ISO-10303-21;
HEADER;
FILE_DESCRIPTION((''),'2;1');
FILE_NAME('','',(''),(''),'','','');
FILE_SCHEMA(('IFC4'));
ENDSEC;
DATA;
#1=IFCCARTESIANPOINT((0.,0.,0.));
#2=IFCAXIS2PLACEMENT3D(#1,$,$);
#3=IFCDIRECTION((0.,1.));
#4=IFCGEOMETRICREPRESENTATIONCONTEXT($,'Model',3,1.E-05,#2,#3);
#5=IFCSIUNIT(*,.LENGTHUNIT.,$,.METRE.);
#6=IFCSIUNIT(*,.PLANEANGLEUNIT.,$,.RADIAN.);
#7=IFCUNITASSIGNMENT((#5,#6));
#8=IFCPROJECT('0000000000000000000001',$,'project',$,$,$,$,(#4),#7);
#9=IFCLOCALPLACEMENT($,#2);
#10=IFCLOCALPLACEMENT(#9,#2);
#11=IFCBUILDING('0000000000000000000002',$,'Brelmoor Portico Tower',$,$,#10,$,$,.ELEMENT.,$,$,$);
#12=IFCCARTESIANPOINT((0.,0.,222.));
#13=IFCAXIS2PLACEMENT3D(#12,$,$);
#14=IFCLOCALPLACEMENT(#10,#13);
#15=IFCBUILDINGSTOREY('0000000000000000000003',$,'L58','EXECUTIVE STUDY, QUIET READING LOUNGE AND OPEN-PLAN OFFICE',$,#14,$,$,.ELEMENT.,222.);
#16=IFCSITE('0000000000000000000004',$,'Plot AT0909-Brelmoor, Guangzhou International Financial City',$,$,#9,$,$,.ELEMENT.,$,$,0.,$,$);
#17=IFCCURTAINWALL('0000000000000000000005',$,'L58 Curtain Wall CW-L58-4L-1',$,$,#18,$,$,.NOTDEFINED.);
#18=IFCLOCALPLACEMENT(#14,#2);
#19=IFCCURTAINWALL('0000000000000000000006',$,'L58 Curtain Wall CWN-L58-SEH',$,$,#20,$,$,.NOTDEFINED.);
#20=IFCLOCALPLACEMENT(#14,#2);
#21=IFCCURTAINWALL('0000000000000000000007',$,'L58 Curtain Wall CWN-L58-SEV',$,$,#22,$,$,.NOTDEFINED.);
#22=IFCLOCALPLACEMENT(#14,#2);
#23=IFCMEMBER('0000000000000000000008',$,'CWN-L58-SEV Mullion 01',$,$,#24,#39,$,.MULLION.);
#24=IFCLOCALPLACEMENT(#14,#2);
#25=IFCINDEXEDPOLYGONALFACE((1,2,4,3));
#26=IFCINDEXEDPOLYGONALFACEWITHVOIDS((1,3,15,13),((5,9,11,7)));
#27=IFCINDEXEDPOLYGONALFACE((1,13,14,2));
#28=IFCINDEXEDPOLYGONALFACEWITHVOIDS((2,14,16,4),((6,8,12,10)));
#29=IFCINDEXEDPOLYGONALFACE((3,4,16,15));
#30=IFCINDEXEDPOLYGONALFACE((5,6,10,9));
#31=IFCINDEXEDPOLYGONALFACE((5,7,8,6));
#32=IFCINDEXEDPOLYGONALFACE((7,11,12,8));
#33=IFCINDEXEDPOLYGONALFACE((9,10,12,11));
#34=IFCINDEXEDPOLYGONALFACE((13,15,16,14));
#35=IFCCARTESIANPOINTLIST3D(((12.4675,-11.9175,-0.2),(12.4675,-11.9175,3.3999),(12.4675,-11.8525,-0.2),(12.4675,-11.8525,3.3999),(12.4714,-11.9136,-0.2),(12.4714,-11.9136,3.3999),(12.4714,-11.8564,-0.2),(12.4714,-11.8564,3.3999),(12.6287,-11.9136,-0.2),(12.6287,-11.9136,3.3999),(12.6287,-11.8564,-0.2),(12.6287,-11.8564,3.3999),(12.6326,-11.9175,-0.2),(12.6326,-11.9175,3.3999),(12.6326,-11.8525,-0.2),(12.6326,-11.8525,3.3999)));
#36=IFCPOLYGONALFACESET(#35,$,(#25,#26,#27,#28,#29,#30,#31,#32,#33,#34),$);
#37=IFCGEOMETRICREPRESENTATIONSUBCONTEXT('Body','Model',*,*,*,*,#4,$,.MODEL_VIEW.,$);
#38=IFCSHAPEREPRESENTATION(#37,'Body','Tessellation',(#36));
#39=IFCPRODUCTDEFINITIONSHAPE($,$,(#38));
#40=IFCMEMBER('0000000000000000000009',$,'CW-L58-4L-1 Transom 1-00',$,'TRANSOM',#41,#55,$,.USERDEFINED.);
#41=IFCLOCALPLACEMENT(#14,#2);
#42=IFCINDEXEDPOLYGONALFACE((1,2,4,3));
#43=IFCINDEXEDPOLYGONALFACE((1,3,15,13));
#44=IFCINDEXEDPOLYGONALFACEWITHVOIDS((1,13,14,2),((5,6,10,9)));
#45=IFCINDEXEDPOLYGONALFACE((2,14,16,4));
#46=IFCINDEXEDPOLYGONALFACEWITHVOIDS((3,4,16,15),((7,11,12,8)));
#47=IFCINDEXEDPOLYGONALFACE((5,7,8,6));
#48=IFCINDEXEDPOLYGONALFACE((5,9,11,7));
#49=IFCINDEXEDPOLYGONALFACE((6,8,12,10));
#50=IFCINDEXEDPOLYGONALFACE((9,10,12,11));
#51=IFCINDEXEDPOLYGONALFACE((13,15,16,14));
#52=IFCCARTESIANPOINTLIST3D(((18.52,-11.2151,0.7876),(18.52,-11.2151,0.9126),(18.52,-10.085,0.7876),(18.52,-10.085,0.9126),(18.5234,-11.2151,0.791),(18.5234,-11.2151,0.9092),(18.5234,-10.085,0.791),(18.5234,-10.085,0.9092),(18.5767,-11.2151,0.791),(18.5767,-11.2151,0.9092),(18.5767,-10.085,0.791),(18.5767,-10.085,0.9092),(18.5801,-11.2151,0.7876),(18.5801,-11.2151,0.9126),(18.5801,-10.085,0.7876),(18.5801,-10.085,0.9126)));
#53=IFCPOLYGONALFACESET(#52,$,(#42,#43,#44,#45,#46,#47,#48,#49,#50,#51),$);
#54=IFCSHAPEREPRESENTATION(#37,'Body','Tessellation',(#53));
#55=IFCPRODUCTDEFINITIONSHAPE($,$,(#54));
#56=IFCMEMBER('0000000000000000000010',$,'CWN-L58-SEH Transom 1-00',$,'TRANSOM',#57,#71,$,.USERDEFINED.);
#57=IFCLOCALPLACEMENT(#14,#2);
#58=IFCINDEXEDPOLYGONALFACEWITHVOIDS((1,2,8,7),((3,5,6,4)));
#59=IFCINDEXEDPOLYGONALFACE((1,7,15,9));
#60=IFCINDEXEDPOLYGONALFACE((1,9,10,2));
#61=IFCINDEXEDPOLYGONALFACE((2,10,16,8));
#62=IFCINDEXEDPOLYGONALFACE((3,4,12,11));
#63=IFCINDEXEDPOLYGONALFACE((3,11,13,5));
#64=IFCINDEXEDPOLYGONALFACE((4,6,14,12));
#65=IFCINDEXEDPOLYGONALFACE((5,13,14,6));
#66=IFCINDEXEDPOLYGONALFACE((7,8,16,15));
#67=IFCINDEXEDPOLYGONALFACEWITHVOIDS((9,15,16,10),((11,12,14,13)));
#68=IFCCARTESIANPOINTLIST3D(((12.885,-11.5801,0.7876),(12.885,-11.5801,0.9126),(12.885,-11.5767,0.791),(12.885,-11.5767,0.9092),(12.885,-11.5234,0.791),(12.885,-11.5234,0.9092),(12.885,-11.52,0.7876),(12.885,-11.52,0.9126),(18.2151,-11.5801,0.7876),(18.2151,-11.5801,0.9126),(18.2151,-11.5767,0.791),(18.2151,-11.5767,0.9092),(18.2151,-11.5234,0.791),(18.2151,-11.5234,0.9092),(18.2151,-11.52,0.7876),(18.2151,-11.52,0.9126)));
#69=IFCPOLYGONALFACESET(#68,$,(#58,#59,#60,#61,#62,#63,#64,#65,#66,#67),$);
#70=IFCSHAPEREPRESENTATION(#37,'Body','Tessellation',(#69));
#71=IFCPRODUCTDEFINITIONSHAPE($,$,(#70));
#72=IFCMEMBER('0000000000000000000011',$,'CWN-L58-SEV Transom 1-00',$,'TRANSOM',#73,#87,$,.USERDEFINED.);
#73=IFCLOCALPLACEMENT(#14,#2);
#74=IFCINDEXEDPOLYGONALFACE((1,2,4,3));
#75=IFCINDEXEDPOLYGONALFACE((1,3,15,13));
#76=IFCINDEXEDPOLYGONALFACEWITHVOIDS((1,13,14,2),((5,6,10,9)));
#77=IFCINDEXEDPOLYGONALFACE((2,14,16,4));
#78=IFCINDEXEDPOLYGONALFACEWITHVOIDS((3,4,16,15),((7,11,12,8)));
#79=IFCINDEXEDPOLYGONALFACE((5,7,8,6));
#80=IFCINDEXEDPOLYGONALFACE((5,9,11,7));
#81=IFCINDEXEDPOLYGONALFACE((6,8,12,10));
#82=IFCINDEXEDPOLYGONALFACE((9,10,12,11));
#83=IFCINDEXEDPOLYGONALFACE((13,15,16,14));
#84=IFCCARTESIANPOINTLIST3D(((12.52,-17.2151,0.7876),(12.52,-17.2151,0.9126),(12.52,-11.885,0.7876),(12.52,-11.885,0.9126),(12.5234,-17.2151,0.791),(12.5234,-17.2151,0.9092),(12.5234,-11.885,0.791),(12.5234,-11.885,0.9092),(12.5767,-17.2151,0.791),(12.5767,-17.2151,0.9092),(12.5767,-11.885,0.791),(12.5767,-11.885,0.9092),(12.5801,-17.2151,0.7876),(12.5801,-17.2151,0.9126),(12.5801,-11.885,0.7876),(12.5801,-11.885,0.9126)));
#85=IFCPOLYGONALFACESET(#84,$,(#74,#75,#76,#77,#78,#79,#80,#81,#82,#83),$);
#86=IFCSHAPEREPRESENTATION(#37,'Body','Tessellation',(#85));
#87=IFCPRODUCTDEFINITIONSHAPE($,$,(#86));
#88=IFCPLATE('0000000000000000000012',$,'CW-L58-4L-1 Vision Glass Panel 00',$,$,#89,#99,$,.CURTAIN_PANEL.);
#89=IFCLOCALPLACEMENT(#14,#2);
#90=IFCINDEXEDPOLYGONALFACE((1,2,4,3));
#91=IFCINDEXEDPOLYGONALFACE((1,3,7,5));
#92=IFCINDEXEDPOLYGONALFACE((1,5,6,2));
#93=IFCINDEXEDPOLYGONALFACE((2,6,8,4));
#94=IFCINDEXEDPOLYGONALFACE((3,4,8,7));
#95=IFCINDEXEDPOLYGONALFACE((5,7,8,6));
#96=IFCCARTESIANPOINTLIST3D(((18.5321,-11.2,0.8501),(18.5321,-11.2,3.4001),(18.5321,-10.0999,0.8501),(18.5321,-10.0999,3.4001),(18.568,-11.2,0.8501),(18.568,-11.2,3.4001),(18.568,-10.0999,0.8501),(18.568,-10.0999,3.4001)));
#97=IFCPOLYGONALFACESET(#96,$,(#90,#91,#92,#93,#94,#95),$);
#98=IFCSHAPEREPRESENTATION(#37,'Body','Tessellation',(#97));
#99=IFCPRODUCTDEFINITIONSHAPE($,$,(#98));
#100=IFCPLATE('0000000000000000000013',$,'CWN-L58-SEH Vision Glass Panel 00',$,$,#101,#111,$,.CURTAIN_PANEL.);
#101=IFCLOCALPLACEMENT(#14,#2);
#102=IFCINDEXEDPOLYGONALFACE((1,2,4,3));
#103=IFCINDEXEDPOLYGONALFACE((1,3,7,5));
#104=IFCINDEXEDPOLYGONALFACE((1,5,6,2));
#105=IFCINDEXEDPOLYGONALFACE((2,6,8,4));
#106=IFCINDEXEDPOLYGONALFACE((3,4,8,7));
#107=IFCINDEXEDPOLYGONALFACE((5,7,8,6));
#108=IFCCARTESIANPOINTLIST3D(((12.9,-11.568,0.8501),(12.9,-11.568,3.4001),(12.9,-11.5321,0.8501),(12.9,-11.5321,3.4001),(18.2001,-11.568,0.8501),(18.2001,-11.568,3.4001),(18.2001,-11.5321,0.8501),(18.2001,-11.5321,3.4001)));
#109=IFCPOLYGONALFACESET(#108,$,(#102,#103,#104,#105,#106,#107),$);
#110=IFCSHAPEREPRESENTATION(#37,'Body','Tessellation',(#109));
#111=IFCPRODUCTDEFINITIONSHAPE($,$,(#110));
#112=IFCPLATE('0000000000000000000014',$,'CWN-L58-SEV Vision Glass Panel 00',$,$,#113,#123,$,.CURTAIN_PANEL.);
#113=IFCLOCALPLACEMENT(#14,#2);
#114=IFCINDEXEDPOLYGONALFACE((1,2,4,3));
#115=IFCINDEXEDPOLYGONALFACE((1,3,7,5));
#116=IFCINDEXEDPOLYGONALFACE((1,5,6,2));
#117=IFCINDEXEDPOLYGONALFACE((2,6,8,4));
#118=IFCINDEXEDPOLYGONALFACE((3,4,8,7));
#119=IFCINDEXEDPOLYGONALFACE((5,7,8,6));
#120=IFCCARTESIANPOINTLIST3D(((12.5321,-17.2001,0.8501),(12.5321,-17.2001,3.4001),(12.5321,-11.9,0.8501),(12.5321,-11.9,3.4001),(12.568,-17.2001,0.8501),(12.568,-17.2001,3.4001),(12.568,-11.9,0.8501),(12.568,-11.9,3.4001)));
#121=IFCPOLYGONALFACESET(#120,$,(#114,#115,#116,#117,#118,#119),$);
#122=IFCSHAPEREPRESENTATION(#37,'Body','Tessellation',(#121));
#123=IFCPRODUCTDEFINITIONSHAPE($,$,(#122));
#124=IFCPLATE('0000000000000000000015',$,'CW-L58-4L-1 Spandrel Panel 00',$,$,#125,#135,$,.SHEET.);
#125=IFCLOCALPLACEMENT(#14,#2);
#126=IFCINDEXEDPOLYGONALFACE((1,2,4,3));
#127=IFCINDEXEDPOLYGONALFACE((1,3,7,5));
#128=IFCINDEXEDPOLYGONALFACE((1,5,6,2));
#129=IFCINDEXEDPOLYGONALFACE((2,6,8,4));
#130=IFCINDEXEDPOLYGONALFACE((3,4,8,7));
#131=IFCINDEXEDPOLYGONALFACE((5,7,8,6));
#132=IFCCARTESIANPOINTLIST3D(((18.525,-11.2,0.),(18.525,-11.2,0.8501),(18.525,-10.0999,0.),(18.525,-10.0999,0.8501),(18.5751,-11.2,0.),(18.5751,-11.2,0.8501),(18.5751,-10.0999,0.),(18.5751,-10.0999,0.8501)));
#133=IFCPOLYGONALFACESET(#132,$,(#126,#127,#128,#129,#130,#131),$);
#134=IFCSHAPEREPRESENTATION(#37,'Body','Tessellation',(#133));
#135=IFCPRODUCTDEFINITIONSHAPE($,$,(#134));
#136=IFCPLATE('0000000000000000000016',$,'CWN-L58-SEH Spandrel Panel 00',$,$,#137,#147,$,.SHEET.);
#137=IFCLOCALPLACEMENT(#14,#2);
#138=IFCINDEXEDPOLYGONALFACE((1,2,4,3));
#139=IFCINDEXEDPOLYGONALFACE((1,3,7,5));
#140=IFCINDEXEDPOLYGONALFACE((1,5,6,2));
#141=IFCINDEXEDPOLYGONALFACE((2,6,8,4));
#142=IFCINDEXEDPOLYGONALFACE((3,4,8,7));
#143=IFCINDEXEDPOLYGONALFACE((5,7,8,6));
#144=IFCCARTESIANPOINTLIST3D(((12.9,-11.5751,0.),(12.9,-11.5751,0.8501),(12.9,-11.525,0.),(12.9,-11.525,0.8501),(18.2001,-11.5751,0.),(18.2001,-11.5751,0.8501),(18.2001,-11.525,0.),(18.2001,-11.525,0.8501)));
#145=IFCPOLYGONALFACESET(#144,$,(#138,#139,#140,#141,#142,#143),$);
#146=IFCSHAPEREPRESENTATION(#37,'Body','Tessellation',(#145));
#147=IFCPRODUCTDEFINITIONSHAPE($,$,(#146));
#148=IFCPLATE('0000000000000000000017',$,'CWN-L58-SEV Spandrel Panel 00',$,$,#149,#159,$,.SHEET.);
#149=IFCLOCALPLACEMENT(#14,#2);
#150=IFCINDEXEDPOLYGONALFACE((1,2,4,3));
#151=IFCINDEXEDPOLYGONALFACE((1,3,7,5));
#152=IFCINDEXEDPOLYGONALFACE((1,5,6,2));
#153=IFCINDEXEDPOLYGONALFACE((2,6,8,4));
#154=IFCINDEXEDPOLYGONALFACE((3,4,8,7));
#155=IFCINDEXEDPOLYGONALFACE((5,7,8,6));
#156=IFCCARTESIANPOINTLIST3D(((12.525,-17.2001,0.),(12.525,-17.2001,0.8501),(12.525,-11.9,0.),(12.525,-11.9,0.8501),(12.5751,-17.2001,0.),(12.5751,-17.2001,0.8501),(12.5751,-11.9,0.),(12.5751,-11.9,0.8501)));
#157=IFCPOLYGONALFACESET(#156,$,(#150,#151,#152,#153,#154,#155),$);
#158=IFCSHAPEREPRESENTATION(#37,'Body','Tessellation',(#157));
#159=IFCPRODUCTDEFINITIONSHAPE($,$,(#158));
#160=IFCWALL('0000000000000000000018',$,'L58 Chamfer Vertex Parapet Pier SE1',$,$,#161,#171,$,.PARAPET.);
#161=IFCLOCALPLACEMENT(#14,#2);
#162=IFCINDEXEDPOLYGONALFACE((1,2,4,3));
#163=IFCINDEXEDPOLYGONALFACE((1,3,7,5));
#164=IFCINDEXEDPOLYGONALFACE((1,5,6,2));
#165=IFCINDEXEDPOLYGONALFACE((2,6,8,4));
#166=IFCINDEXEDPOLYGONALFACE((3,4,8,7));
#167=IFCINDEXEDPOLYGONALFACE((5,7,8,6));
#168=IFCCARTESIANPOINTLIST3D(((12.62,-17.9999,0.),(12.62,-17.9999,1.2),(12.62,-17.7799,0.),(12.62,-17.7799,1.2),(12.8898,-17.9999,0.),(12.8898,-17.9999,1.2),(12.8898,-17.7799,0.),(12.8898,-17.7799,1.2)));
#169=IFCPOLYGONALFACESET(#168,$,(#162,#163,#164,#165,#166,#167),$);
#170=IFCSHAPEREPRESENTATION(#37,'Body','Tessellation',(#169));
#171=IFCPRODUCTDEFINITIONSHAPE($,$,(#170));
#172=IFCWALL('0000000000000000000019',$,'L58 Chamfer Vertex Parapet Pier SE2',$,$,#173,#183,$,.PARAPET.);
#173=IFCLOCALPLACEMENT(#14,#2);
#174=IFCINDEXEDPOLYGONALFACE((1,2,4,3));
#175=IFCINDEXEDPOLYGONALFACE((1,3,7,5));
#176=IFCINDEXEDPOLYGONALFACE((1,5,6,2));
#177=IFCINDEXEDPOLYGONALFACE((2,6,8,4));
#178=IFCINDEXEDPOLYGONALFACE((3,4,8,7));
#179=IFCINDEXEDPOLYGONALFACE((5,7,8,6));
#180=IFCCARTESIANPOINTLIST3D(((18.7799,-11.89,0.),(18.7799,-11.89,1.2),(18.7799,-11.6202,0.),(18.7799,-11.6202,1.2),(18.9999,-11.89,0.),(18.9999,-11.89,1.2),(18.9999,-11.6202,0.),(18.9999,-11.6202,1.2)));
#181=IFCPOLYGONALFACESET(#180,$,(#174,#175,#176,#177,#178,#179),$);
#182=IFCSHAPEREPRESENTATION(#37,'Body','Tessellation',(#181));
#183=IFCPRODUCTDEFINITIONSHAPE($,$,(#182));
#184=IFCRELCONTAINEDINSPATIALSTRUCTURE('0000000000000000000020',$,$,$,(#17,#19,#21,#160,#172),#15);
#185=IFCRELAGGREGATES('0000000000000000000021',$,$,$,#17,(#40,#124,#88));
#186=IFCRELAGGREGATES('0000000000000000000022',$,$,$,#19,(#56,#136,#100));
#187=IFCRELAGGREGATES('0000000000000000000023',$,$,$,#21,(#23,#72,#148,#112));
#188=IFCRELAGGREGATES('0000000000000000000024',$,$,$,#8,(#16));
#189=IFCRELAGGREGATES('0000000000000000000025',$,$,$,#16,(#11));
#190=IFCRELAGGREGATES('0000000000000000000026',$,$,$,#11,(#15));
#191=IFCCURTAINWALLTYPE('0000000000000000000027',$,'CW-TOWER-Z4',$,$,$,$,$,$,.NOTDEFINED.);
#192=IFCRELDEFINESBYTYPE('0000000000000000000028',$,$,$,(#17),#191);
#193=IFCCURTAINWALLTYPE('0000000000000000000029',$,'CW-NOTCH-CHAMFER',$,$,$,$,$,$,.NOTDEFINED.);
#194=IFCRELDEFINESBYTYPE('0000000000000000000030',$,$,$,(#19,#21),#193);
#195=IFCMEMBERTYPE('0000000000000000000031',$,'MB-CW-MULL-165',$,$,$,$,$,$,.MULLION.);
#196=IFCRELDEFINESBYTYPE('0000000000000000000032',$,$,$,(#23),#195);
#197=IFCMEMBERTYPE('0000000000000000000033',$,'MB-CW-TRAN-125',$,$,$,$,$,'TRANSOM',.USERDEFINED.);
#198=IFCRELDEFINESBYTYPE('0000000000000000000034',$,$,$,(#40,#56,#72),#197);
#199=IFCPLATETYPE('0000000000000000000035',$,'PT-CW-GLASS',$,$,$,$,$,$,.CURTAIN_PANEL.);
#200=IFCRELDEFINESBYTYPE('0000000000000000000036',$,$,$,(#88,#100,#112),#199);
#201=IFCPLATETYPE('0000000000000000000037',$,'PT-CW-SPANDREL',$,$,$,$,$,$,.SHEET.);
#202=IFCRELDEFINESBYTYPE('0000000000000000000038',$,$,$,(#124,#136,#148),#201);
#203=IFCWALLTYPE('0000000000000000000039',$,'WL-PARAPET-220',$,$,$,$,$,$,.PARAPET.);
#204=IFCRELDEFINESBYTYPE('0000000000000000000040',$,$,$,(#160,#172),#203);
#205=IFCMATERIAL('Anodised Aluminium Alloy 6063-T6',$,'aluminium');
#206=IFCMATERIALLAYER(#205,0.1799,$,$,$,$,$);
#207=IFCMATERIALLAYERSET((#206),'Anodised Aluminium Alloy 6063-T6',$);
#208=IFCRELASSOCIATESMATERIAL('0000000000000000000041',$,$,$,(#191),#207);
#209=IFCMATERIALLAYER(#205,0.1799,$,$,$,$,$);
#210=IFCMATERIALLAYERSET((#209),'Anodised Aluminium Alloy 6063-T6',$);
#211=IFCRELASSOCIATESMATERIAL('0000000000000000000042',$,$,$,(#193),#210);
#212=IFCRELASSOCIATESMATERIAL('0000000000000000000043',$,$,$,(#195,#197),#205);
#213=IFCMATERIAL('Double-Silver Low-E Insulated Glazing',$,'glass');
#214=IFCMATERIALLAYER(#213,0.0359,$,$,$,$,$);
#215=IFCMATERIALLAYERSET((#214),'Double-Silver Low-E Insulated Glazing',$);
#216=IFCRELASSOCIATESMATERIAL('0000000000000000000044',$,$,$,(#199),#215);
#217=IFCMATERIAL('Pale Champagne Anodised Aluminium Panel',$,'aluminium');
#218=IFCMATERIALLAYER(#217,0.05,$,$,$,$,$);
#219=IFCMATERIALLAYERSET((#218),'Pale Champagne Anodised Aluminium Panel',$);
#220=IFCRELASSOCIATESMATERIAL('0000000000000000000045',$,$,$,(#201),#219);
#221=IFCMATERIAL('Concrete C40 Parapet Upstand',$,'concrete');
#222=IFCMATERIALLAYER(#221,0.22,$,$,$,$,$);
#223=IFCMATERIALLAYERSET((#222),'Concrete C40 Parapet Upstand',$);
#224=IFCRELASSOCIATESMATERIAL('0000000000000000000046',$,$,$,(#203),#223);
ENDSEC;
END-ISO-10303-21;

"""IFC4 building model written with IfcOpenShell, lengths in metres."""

from ifc_helpers import new_model, si_unit, direction, frame, frame_2d, origin, origin_2d, place, context, subcontext, project, spatial, rectangle, hollow_rectangle, extrude, material, layer, layer_set, material_profile, profile_set, type_object, element, aggregate, save


model = new_model("IFC4")

# Units and contexts
model_context = context("Model", 3, precision=1e-05, world=origin(), true_north=direction((0.0, 1.0)))
body_context = subcontext(model_context, "Body", "Model", "MODEL_VIEW")
ifc_project = project(units=[si_unit("LENGTHUNIT", "METRE"), si_unit("PLANEANGLEUNIT", "RADIAN")], contexts=[model_context])

# Site, building, storey
site_placement = place(None, origin())
site = spatial("IfcSite", under=ifc_project, at=site_placement, Name="Plot AT0909-Brelmoor, Guangzhou International Financial City", CompositionType="ELEMENT", RefElevation=0.0)
building_placement = place(site_placement, origin())
building = spatial("IfcBuilding", under=site, at=building_placement, Name="Brelmoor Portico Tower", CompositionType="ELEMENT")
storey_placement = place(building_placement, frame((0.0, 0.0, 222.0)))
storey = spatial("IfcBuildingStorey", under=building, at=storey_placement, Name="L58", Description="EXECUTIVE STUDY, QUIET READING LOUNGE AND OPEN-PLAN OFFICE", CompositionType="ELEMENT", Elevation=222.0)

# Curtain wall
ifc_material_1 = material(Name="Anodised Aluminium Alloy 6063-T6", Category="aluminium")
ifc_layer_1 = layer(ifc_material_1, 0.1799)
ifc_layer_set_1 = layer_set([ifc_layer_1], Name="Anodised Aluminium Alloy 6063-T6")
curtain_wall_type_1 = type_object("IfcCurtainWallType", Name="CW-TOWER-Z4", PredefinedType="NOTDEFINED", material=ifc_layer_set_1)
curtain_wall_1_placement = place(storey_placement, origin())
curtain_wall_1 = element("IfcCurtainWall", 1, at=curtain_wall_1_placement, inside=storey, type_object=curtain_wall_type_1, Name="L58 Curtain Wall CW-L58-4L-1", PredefinedType="NOTDEFINED")

# Curtain walls, member
ifc_layer_2 = layer(ifc_material_1, 0.1799)
ifc_layer_set_2 = layer_set([ifc_layer_2], Name="Anodised Aluminium Alloy 6063-T6")
curtain_wall_type_2 = type_object("IfcCurtainWallType", Name="CW-NOTCH-CHAMFER", PredefinedType="NOTDEFINED", material=ifc_layer_set_2)
curtain_wall_2_placement = place(storey_placement, origin())
curtain_wall_2 = element("IfcCurtainWall", 2, at=curtain_wall_2_placement, inside=storey, type_object=curtain_wall_type_2, Name="L58 Curtain Wall CWN-L58-SEH", PredefinedType="NOTDEFINED")
ifc_material_profile_1 = material_profile(ifc_material_1, hollow_rectangle(XDim=0.0649, YDim=0.165, WallThickness=0.0039, at=origin_2d()), Name="ALU MULLION 65x165")
ifc_profile_set_1 = profile_set([ifc_material_profile_1], Name="Anodised Aluminium Alloy 6063-T6")
member_type_1 = type_object("IfcMemberType", Name="MB-CW-MULL-165", PredefinedType="MULLION", material=ifc_profile_set_1)
curtain_wall_3_placement = place(storey_placement, origin())
curtain_wall_3 = element("IfcCurtainWall", 3, at=curtain_wall_3_placement, inside=storey, type_object=curtain_wall_type_2, Name="L58 Curtain Wall CWN-L58-SEV", PredefinedType="NOTDEFINED")
member_1_placement = place(storey_placement, frame((12.55, -11.885, -0.2), z_axis=(0.0, 0.0, 1.0), x_axis=(0.0, 1.0, 0.0)))
member_1 = element("IfcMember", 4, at=member_1_placement, type_object=member_type_1, Name="CWN-L58-SEV Mullion 01", PredefinedType="MULLION", context=body_context, shape_type="SweptSolid", body=[
    extrude(hollow_rectangle(XDim=0.0649, YDim=0.165, WallThickness=0.0039, at=origin_2d()), origin(), (0.0, 0.0, 1.0), 3.5999),
])

# Members
ifc_material_profile_2 = material_profile(ifc_material_1, hollow_rectangle(XDim=0.0601, YDim=0.125, WallThickness=0.0034, at=origin_2d()), Name="ALU TRANSOM 60x125")
ifc_profile_set_2 = profile_set([ifc_material_profile_2], Name="Anodised Aluminium Alloy 6063-T6")
member_type_2 = type_object("IfcMemberType", Name="MB-CW-TRAN-125", ElementType="TRANSOM", PredefinedType="USERDEFINED", material=ifc_profile_set_2)
member_2_placement = place(storey_placement, frame((18.55, -11.2151, 0.8501), z_axis=(0.0, 1.0, 0.0), x_axis=(-1.0, 0.0, 0.0)))
member_2 = element("IfcMember", 5, at=member_2_placement, type_object=member_type_2, Name="CW-L58-4L-1 Transom 1-00", ObjectType="TRANSOM", PredefinedType="USERDEFINED", context=body_context, shape_type="SweptSolid", body=[
    extrude(hollow_rectangle(XDim=0.0601, YDim=0.125, WallThickness=0.0034, at=origin_2d()), origin(), (0.0, 0.0, 1.0), 1.1301),
])
member_3_placement = place(storey_placement, frame((12.885, -11.55, 0.8501), z_axis=(1.0, 0.0, 0.0), x_axis=(0.0, 1.0, 0.0)))
member_3 = element("IfcMember", 6, at=member_3_placement, type_object=member_type_2, Name="CWN-L58-SEH Transom 1-00", ObjectType="TRANSOM", PredefinedType="USERDEFINED", context=body_context, shape_type="SweptSolid", body=[
    extrude(hollow_rectangle(XDim=0.0601, YDim=0.125, WallThickness=0.0034, at=origin_2d()), origin(), (0.0, 0.0, 1.0), 5.3301),
])
member_4_placement = place(storey_placement, frame((12.55, -17.2151, 0.8501), z_axis=(0.0, 1.0, 0.0), x_axis=(-1.0, 0.0, 0.0)))
member_4 = element("IfcMember", 7, at=member_4_placement, type_object=member_type_2, Name="CWN-L58-SEV Transom 1-00", ObjectType="TRANSOM", PredefinedType="USERDEFINED", context=body_context, shape_type="SweptSolid", body=[
    extrude(hollow_rectangle(XDim=0.0601, YDim=0.125, WallThickness=0.0034, at=origin_2d()), origin(), (0.0, 0.0, 1.0), 5.3301),
])

# Plates
ifc_material_2 = material(Name="Double-Silver Low-E Insulated Glazing", Category="glass")
ifc_layer_3 = layer(ifc_material_2, 0.0359)
ifc_layer_set_3 = layer_set([ifc_layer_3], Name="Double-Silver Low-E Insulated Glazing")
plate_type_1 = type_object("IfcPlateType", Name="PT-CW-GLASS", PredefinedType="CURTAIN_PANEL", material=ifc_layer_set_3)
plate_1_placement = place(storey_placement, frame((18.55, -10.6499, 0.8501), z_axis=(0.0, 0.0, 1.0), x_axis=(0.0, 1.0, 0.0)))
plate_1 = element("IfcPlate", 8, at=plate_1_placement, type_object=plate_type_1, Name="CW-L58-4L-1 Vision Glass Panel 00", PredefinedType="CURTAIN_PANEL", context=body_context, shape_type="SweptSolid", body=[
    extrude(rectangle(XDim=1.1001, YDim=0.0359, at=origin_2d()), origin(), (0.0, 0.0, 1.0), 2.55),
])
plate_2_placement = place(storey_placement, frame((15.55, -11.55, 0.8501), z_axis=(0.0, 0.0, 1.0), x_axis=(1.0, 0.0, 0.0)))
plate_2 = element("IfcPlate", 9, at=plate_2_placement, type_object=plate_type_1, Name="CWN-L58-SEH Vision Glass Panel 00", PredefinedType="CURTAIN_PANEL", context=body_context, shape_type="SweptSolid", body=[
    extrude(rectangle(XDim=5.3, YDim=0.0359, at=origin_2d()), origin(), (0.0, 0.0, 1.0), 2.55),
])
plate_3_placement = place(storey_placement, frame((12.55, -14.55, 0.8501), z_axis=(0.0, 0.0, 1.0), x_axis=(0.0, 1.0, 0.0)))
plate_3 = element("IfcPlate", 10, at=plate_3_placement, type_object=plate_type_1, Name="CWN-L58-SEV Vision Glass Panel 00", PredefinedType="CURTAIN_PANEL", context=body_context, shape_type="SweptSolid", body=[
    extrude(rectangle(XDim=5.3, YDim=0.0359, at=origin_2d()), origin(), (0.0, 0.0, 1.0), 2.55),
])
ifc_material_3 = material(Name="Pale Champagne Anodised Aluminium Panel", Category="aluminium")
ifc_layer_4 = layer(ifc_material_3, 0.05)
ifc_layer_set_4 = layer_set([ifc_layer_4], Name="Pale Champagne Anodised Aluminium Panel")
plate_type_2 = type_object("IfcPlateType", Name="PT-CW-SPANDREL", PredefinedType="SHEET", material=ifc_layer_set_4)
plate_4_placement = place(storey_placement, frame((18.55, -10.6499, 0.0), z_axis=(0.0, 0.0, 1.0), x_axis=(0.0, 1.0, 0.0)))
plate_4 = element("IfcPlate", 11, at=plate_4_placement, type_object=plate_type_2, Name="CW-L58-4L-1 Spandrel Panel 00", PredefinedType="SHEET", context=body_context, shape_type="SweptSolid", body=[
    extrude(rectangle(XDim=1.1001, YDim=0.05, at=origin_2d()), origin(), (0.0, 0.0, 1.0), 0.8501),
])
aggregate(curtain_wall_1, [member_2, plate_4, plate_1])
plate_5_placement = place(storey_placement, frame((15.55, -11.55, 0.0), z_axis=(0.0, 0.0, 1.0), x_axis=(1.0, 0.0, 0.0)))
plate_5 = element("IfcPlate", 12, at=plate_5_placement, type_object=plate_type_2, Name="CWN-L58-SEH Spandrel Panel 00", PredefinedType="SHEET", context=body_context, shape_type="SweptSolid", body=[
    extrude(rectangle(XDim=5.3, YDim=0.05, at=origin_2d()), origin(), (0.0, 0.0, 1.0), 0.8501),
])
aggregate(curtain_wall_2, [member_3, plate_5, plate_2])
plate_6_placement = place(storey_placement, frame((12.55, -14.55, 0.0), z_axis=(0.0, 0.0, 1.0), x_axis=(0.0, 1.0, 0.0)))
plate_6 = element("IfcPlate", 13, at=plate_6_placement, type_object=plate_type_2, Name="CWN-L58-SEV Spandrel Panel 00", PredefinedType="SHEET", context=body_context, shape_type="SweptSolid", body=[
    extrude(rectangle(XDim=5.3, YDim=0.05, at=origin_2d()), origin(), (0.0, 0.0, 1.0), 0.8501),
])
aggregate(curtain_wall_3, [member_1, member_4, plate_6, plate_3])

# Walls
ifc_material_4 = material(Name="Concrete C40 Parapet Upstand", Category="concrete")
ifc_layer_5 = layer(ifc_material_4, 0.22)
ifc_layer_set_5 = layer_set([ifc_layer_5], Name="Concrete C40 Parapet Upstand")
wall_type = type_object("IfcWallType", Name="WL-PARAPET-220", PredefinedType="PARAPET", material=ifc_layer_set_5)
for number, where, z_axis, x_axis, name in (
    (14, (12.6201, -17.8899, 0.0), (0.0, 0.0, 1.0), (1.0, 0.0, 0.0), "L58 Chamfer Vertex Parapet Pier SE1"),
    (15, (18.8899, -11.8899, 0.0), (0.0, 0.0, 1.0), (0.0, 1.0, 0.0), "L58 Chamfer Vertex Parapet Pier SE2"),
):
    element("IfcWall", number, at=place(storey_placement, frame(where, z_axis=z_axis, x_axis=x_axis)), inside=storey, type_object=wall_type, Name=name, PredefinedType="PARAPET", context=body_context, shape_type="SweptSolid", body=[
        extrude(rectangle(XDim=0.2698, YDim=0.22, at=frame_2d((0.1348, 0.0))), origin(), (0.0, 0.0, 1.0), 1.2),
    ])

save(model, "model.ifc")
